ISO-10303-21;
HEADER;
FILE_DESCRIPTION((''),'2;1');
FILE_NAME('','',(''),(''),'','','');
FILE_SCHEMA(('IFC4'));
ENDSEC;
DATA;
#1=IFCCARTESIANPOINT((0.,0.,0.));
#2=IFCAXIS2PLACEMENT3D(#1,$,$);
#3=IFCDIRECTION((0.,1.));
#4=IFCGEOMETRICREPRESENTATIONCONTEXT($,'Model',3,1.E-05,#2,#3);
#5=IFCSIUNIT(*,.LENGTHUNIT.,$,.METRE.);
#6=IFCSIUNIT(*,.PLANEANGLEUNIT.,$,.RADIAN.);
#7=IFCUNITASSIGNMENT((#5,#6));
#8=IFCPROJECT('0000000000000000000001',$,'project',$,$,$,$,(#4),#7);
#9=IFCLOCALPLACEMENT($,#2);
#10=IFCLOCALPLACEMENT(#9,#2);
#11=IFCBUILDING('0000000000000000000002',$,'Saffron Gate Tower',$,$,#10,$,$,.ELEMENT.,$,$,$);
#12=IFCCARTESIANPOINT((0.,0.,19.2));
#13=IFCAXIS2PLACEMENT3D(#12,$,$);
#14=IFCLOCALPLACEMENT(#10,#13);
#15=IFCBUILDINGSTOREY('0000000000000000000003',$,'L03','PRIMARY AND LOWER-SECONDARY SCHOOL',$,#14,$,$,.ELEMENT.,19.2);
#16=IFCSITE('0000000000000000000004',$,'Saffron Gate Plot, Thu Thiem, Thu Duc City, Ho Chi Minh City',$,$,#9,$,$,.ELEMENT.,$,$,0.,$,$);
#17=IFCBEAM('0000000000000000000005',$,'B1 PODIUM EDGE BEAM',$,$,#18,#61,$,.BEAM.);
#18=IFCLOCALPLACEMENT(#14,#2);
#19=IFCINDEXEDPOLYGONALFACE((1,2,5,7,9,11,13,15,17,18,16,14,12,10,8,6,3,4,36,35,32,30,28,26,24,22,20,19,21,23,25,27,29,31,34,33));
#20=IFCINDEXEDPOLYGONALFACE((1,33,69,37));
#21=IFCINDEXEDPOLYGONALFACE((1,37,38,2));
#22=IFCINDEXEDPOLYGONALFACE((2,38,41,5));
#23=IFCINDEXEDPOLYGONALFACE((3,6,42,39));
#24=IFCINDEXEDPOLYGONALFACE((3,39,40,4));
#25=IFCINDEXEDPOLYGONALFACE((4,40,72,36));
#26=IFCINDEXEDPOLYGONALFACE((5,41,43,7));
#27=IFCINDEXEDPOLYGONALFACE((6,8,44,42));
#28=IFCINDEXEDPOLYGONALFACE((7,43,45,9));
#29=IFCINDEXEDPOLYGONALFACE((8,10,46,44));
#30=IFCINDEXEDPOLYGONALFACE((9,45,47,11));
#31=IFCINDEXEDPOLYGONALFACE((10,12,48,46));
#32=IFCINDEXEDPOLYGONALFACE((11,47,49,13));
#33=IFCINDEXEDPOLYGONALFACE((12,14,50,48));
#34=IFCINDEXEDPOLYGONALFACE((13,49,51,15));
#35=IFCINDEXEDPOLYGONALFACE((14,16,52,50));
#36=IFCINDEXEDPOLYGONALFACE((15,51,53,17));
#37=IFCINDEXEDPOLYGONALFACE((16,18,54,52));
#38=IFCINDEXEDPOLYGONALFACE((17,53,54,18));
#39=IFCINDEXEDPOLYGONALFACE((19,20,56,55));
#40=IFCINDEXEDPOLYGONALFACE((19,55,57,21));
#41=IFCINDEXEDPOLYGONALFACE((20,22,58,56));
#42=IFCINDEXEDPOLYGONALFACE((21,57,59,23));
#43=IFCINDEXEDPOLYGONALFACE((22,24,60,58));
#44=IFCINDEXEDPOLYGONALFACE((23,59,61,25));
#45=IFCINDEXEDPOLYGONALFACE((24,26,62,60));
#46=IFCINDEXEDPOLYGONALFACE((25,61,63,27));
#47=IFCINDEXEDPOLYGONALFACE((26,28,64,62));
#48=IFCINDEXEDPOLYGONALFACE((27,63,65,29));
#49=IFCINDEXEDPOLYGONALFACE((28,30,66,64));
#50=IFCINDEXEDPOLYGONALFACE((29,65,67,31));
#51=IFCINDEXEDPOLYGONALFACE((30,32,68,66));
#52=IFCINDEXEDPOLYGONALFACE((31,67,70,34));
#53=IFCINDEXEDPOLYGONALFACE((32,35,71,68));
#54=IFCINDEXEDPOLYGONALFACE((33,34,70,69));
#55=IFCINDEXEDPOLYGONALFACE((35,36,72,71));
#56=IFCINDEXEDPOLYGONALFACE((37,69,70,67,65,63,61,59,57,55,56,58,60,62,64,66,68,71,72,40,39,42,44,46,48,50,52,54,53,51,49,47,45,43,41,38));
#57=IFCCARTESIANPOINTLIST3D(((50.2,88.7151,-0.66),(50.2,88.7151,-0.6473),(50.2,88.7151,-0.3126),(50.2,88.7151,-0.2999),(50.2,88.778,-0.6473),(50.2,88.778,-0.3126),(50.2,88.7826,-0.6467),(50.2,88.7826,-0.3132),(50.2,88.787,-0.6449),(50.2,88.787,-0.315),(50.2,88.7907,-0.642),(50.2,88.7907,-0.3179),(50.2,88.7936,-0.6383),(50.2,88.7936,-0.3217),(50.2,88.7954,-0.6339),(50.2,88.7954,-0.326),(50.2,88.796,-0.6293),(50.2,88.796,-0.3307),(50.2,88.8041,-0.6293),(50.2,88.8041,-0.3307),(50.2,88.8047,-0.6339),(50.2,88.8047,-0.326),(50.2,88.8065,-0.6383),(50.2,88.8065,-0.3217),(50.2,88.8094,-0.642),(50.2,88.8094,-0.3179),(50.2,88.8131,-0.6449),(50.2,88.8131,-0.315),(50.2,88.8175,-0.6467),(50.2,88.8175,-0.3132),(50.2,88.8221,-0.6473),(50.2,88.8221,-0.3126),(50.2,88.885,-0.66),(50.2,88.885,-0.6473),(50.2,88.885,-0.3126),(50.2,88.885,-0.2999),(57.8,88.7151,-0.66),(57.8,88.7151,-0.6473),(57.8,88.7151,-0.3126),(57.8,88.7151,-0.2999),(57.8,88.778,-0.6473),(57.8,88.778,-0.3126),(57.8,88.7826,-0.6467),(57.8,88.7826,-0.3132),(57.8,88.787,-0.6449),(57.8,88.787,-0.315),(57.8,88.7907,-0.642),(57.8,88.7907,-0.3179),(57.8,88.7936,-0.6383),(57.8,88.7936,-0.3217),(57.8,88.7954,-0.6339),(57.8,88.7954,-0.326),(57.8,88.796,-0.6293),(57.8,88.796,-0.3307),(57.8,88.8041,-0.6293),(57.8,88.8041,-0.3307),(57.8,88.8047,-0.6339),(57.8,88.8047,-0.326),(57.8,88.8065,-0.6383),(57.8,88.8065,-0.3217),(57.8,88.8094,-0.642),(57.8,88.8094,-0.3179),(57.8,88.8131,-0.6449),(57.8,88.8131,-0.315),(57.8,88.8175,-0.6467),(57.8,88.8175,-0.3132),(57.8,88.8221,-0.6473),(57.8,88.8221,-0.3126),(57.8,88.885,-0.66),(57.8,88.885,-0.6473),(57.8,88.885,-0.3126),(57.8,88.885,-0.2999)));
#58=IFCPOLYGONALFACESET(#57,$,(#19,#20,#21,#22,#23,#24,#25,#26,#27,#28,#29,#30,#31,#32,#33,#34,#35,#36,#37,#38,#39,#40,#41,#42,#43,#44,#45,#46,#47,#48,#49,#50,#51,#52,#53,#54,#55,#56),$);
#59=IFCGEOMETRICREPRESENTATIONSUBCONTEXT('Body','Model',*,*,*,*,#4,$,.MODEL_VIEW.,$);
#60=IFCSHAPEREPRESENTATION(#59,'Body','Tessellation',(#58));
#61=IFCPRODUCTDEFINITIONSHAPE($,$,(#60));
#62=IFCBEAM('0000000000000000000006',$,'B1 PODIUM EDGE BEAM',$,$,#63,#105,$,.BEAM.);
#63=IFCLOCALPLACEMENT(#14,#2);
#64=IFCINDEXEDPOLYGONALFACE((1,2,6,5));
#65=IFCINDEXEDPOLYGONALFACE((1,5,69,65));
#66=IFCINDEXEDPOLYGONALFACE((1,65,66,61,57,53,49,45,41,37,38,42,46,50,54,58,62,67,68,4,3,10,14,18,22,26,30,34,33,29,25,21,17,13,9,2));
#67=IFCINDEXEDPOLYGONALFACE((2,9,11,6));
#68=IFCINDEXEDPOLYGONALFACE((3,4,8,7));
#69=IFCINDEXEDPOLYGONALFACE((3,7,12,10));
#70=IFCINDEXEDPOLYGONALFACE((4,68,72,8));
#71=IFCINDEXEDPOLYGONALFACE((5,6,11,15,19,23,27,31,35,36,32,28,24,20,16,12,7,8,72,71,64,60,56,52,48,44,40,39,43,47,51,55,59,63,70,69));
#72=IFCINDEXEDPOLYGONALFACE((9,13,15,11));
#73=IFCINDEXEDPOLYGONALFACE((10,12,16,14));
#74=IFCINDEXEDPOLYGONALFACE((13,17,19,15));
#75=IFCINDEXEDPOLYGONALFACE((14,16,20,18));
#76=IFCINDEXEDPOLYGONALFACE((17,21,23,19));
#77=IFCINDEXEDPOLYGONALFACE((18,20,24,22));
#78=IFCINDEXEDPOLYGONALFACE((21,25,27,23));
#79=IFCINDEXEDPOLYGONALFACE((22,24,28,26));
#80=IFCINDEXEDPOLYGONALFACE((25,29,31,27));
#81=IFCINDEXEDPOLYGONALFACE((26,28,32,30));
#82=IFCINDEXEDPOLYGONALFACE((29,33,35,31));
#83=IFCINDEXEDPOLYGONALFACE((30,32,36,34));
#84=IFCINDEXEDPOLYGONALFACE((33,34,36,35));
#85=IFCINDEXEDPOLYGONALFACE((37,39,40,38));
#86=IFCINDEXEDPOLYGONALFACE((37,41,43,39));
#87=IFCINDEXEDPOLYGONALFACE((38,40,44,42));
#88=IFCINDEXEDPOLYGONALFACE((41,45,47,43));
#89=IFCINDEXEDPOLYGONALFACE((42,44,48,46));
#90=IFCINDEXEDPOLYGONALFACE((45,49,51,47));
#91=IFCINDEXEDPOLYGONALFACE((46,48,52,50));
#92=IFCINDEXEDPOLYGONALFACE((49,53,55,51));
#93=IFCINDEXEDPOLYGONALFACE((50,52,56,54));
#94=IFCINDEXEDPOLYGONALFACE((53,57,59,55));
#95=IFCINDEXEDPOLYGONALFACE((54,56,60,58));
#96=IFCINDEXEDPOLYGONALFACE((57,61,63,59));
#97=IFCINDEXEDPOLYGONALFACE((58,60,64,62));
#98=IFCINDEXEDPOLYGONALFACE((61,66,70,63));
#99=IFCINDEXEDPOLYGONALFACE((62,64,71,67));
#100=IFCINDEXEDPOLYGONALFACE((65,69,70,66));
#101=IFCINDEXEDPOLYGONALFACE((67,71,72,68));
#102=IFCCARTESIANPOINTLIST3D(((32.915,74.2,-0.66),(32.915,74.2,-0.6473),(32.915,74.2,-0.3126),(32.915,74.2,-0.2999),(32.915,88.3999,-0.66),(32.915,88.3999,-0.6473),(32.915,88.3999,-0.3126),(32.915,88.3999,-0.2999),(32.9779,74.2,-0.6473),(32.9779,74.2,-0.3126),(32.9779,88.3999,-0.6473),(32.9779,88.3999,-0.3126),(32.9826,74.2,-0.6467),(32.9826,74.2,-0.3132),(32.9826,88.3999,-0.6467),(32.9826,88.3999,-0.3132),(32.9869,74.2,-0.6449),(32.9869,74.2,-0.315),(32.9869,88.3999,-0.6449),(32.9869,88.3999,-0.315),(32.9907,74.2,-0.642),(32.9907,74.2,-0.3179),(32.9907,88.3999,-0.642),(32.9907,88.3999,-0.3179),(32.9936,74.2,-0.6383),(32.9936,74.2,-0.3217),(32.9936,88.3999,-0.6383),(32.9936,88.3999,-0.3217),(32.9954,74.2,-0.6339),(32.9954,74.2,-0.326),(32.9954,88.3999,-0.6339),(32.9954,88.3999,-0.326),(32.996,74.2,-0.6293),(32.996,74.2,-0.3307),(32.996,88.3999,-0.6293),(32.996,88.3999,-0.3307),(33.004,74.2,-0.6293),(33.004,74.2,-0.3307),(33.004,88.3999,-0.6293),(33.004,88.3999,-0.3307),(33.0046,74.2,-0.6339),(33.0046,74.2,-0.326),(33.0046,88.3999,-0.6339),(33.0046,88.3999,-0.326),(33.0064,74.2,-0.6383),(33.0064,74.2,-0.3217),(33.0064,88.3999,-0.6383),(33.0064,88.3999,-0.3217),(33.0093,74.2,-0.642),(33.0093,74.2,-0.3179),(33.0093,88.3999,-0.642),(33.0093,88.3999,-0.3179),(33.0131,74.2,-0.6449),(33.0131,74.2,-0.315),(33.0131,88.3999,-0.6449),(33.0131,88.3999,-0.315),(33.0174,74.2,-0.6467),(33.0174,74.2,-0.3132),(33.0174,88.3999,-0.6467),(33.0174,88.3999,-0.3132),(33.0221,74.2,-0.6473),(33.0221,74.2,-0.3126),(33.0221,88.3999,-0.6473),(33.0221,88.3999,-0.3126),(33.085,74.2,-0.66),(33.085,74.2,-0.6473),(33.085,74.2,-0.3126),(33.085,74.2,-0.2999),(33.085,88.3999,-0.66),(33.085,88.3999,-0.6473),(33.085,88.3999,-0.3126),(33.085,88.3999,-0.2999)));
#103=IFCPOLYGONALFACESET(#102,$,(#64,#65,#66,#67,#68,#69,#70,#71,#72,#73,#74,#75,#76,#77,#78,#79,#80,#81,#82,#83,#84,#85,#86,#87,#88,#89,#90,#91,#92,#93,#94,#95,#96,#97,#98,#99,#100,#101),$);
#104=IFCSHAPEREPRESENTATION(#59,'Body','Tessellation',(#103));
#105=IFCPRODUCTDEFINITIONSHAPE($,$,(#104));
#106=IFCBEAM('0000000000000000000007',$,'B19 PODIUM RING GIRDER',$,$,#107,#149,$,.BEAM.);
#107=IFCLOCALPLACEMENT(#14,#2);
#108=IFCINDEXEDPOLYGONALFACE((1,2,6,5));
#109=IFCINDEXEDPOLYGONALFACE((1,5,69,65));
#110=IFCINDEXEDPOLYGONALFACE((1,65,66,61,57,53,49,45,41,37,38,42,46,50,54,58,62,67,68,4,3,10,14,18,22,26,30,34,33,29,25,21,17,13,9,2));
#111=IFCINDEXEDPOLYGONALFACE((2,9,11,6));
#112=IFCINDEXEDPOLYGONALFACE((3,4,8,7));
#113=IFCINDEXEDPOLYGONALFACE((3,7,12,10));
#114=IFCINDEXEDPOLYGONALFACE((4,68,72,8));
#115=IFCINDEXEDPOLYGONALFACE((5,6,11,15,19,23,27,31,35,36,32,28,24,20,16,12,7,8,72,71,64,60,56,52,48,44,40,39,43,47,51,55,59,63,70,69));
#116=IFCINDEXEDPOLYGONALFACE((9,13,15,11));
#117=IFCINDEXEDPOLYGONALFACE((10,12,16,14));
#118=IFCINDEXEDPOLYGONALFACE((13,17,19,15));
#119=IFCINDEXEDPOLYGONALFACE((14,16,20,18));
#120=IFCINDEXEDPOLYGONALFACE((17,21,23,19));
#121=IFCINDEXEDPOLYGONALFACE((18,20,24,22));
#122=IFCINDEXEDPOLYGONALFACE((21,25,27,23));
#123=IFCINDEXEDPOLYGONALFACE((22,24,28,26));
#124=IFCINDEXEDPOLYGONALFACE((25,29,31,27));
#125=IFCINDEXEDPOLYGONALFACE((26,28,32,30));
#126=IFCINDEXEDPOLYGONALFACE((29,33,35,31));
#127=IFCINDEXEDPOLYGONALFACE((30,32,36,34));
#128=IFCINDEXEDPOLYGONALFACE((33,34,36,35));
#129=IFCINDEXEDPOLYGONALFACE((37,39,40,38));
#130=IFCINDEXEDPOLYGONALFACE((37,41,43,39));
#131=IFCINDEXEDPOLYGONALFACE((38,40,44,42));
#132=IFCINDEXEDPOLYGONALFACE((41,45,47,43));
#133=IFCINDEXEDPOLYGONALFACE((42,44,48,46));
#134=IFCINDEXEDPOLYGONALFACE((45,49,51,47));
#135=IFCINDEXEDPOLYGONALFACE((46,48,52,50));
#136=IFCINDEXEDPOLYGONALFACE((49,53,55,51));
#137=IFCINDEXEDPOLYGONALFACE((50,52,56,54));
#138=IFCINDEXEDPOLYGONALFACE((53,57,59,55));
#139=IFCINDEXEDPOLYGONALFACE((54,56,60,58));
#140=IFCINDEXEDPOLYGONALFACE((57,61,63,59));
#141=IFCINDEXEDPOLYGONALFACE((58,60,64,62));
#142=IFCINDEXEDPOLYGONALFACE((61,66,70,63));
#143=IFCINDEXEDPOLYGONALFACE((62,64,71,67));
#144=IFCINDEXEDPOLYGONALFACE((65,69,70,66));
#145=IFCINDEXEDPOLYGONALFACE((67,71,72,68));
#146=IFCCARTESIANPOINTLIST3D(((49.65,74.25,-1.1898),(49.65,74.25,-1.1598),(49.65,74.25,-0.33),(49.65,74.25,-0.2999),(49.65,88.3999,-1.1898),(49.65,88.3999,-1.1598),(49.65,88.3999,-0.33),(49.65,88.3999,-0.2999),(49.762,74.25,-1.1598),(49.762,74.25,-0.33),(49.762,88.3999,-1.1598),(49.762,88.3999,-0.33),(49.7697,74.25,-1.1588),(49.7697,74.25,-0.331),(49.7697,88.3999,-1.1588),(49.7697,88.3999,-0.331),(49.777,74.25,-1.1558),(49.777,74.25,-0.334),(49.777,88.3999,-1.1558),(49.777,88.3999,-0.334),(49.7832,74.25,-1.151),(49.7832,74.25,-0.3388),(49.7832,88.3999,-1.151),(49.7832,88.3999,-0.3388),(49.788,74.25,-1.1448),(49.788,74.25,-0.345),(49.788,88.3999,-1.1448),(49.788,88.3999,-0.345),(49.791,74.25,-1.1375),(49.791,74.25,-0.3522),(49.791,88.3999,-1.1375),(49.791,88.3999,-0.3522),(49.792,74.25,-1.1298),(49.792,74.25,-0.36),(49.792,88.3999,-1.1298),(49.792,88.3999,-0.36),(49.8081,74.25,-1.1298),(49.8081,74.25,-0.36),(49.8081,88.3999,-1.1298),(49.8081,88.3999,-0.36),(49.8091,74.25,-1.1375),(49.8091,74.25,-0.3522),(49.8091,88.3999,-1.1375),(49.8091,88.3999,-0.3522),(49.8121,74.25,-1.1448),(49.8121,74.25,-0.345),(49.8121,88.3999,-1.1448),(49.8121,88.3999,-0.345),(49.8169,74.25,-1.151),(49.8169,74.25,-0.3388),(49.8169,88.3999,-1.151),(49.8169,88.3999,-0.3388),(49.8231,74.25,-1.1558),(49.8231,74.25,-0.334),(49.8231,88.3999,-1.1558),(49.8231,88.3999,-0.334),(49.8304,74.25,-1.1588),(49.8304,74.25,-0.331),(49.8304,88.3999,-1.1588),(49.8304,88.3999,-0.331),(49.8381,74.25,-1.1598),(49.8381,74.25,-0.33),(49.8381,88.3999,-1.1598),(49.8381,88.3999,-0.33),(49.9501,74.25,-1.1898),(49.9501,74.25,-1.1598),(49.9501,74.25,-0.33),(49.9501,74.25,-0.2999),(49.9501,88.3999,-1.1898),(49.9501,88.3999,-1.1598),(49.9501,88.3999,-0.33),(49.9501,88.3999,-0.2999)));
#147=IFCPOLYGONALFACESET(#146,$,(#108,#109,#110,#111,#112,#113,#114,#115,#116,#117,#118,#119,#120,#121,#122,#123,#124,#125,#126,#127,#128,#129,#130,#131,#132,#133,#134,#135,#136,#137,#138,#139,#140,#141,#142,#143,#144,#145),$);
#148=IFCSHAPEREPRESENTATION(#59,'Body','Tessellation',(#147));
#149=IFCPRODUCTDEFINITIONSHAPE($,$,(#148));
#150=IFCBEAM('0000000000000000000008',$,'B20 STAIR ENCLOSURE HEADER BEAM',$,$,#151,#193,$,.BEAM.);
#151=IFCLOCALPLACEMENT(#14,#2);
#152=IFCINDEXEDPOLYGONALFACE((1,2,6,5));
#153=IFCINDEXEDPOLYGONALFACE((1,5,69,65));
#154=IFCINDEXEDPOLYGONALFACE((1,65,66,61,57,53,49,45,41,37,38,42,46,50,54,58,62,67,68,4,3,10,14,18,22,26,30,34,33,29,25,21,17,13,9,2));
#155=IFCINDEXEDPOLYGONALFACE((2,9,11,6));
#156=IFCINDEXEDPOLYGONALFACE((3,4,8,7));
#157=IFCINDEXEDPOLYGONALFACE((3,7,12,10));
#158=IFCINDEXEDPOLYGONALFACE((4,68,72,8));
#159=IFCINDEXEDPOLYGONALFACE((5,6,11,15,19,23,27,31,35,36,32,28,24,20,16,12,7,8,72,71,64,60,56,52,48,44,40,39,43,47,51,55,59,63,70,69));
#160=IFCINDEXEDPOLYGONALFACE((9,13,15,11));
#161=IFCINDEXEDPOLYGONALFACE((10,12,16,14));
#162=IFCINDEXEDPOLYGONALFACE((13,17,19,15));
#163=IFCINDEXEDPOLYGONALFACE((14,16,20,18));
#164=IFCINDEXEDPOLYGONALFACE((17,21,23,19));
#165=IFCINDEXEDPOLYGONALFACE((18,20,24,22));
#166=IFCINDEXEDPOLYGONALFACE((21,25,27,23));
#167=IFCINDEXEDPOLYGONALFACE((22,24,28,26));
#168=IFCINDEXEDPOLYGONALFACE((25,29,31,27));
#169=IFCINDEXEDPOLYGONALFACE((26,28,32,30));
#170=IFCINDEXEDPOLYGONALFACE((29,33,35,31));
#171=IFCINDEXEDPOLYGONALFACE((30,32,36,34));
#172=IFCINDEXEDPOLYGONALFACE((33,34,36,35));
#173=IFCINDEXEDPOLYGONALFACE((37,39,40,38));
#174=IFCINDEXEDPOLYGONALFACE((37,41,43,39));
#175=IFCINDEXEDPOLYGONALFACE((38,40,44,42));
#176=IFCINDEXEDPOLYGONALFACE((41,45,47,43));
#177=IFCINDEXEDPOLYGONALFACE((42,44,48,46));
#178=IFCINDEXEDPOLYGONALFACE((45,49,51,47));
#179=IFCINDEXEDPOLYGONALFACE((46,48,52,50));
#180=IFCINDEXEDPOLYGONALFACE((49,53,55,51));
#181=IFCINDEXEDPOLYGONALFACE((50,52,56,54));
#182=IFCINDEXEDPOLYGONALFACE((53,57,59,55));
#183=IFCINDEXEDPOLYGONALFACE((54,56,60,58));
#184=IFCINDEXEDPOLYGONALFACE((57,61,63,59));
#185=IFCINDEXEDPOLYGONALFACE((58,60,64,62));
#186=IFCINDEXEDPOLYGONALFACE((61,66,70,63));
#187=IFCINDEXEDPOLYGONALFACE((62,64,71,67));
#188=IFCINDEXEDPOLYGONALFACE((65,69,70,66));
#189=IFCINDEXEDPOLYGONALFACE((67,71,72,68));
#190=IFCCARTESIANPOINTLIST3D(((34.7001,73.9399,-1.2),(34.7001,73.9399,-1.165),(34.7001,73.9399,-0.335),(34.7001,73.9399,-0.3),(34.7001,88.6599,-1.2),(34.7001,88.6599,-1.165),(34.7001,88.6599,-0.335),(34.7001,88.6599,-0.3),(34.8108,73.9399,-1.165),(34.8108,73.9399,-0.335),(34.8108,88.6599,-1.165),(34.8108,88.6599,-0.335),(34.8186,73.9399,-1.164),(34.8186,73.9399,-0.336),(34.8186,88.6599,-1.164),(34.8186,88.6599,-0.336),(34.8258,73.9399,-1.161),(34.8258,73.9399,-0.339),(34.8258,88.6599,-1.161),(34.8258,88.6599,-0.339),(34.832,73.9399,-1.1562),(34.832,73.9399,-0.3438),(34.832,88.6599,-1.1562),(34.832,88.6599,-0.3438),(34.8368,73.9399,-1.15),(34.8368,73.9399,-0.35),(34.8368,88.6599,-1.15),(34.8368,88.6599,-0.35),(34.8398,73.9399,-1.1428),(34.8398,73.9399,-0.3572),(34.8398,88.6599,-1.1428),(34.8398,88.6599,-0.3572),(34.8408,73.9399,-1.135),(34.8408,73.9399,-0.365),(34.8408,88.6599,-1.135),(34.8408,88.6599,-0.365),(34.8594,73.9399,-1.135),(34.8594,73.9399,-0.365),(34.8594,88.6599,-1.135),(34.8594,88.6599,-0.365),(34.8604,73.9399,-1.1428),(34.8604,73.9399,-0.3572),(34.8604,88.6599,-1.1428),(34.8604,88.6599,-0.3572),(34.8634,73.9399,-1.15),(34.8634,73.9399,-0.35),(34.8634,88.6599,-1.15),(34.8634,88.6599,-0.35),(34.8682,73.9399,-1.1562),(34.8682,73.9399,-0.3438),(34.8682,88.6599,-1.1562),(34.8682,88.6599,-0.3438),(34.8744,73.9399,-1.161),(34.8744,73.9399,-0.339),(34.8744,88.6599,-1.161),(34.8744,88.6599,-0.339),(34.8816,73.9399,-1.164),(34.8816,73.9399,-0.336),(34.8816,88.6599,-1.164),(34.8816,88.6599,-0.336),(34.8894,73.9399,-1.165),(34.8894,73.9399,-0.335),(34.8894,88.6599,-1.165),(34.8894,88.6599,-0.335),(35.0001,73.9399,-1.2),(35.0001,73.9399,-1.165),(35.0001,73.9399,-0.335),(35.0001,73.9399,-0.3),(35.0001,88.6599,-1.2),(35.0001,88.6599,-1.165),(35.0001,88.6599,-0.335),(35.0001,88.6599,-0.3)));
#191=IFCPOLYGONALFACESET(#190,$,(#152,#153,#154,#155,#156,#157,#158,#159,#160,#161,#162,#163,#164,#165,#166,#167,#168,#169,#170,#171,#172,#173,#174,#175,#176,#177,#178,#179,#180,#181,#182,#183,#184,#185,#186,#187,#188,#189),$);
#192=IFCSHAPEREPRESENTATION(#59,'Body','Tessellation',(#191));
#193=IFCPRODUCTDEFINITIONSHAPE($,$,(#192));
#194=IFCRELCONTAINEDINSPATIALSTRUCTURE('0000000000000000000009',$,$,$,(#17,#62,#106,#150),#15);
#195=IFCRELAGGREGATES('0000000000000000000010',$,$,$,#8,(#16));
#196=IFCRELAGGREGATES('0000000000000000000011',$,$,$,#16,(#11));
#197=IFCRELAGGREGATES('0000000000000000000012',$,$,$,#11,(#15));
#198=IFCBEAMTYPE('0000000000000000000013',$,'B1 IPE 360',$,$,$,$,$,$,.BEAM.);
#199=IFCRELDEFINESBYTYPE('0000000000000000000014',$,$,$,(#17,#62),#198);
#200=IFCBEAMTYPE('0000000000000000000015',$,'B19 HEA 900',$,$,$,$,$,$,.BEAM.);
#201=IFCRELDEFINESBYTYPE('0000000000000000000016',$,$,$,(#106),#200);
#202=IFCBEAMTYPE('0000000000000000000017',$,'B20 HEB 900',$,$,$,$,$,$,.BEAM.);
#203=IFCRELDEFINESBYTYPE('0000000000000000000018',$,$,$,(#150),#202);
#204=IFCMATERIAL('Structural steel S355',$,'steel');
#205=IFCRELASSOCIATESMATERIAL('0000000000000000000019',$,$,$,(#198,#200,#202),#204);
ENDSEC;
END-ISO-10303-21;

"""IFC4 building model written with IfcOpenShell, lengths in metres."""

from ifc_helpers import new_model, si_unit, direction, frame, origin, origin_2d, place, context, subcontext, project, spatial, i_section, extrude, material, material_profile, profile_set, type_object, element, save


model = new_model("IFC4")

# Units and contexts
model_context = context("Model", 3, precision=1e-05, world=origin(), true_north=direction((0.0, 1.0)))
body_context = subcontext(model_context, "Body", "Model", "MODEL_VIEW")
ifc_project = project(units=[si_unit("LENGTHUNIT", "METRE"), si_unit("PLANEANGLEUNIT", "RADIAN")], contexts=[model_context])

# Site, building, storey
site_placement = place(None, origin())
site = spatial("IfcSite", under=ifc_project, at=site_placement, Name="Saffron Gate Plot, Thu Thiem, Thu Duc City, Ho Chi Minh City", CompositionType="ELEMENT", RefElevation=0.0)
building_placement = place(site_placement, origin())
building = spatial("IfcBuilding", under=site, at=building_placement, Name="Saffron Gate Tower", CompositionType="ELEMENT")
storey_placement = place(building_placement, frame((0.0, 0.0, 19.2)))
storey = spatial("IfcBuildingStorey", under=building, at=storey_placement, Name="L03", Description="PRIMARY AND LOWER-SECONDARY SCHOOL", CompositionType="ELEMENT", Elevation=19.2)

# Beams
ifc_material_1 = material(Name="Structural steel S355", Category="steel")
ifc_material_profile_1 = material_profile(ifc_material_1, i_section(OverallWidth=0.1699, OverallDepth=0.3601, WebThickness=0.0081, FlangeThickness=0.0127, FilletRadius=0.0181, at=origin_2d()))
ifc_profile_set_1 = profile_set([ifc_material_profile_1], Name="Structural steel S355")
beam_type_1 = type_object("IfcBeamType", Name="B1 IPE 360", PredefinedType="BEAM", material=ifc_profile_set_1)
beam_1_placement = place(storey_placement, frame((50.2, 88.8, -0.48), z_axis=(1.0, 0.0, 0.0), x_axis=(0.0, 1.0, 0.0)))
element("IfcBeam", 1, at=beam_1_placement, inside=storey, type_object=beam_type_1, Name="B1 PODIUM EDGE BEAM", PredefinedType="BEAM", context=body_context, shape_type="SweptSolid", body=[
    extrude(i_section(OverallWidth=0.1699, OverallDepth=0.3601, WebThickness=0.0081, FlangeThickness=0.0127, FilletRadius=0.0181, at=origin_2d()), origin(), (0.0, 0.0, 1.0), 7.6001),
])
beam_2_placement = place(storey_placement, frame((33.0, 74.2, -0.48), z_axis=(0.0, 1.0, 0.0), x_axis=(-1.0, 0.0, 0.0)))
element("IfcBeam", 2, at=beam_2_placement, inside=storey, type_object=beam_type_1, Name="B1 PODIUM EDGE BEAM", PredefinedType="BEAM", context=body_context, shape_type="SweptSolid", body=[
    extrude(i_section(OverallWidth=0.1699, OverallDepth=0.3601, WebThickness=0.0081, FlangeThickness=0.0127, FilletRadius=0.0181, at=origin_2d()), origin(), (0.0, 0.0, 1.0), 14.2),
])
ifc_material_profile_2 = material_profile(ifc_material_1, i_section(OverallWidth=0.3, OverallDepth=0.8899, WebThickness=0.0161, FlangeThickness=0.03, FilletRadius=0.03, at=origin_2d()))
ifc_profile_set_2 = profile_set([ifc_material_profile_2], Name="Structural steel S355")
beam_type_2 = type_object("IfcBeamType", Name="B19 HEA 900", PredefinedType="BEAM", material=ifc_profile_set_2)
beam_3_placement = place(storey_placement, frame((49.8, 88.3999, -0.7449), z_axis=(0.0, -1.0, 0.0), x_axis=(1.0, 0.0, 0.0)))
element("IfcBeam", 3, at=beam_3_placement, inside=storey, type_object=beam_type_2, Name="B19 PODIUM RING GIRDER", PredefinedType="BEAM", context=body_context, shape_type="SweptSolid", body=[
    extrude(i_section(OverallWidth=0.3, OverallDepth=0.8899, WebThickness=0.0161, FlangeThickness=0.03, FilletRadius=0.03, at=origin_2d()), origin(), (0.0, 0.0, 1.0), 14.1499),
])
ifc_material_profile_3 = material_profile(ifc_material_1, i_section(OverallWidth=0.3, OverallDepth=0.8999, WebThickness=0.0186, FlangeThickness=0.0349, FilletRadius=0.03, at=origin_2d()))
ifc_profile_set_3 = profile_set([ifc_material_profile_3], Name="Structural steel S355")
beam_type_3 = type_object("IfcBeamType", Name="B20 HEB 900", PredefinedType="BEAM", material=ifc_profile_set_3)
for number, where, z_axis, x_axis, name in (
    (4, (34.8501, 73.9399, -0.75), (0.0, 1.0, 0.0), (-1.0, 0.0, 0.0), "B20 STAIR ENCLOSURE HEADER BEAM"),
):
    element("IfcBeam", number, at=place(storey_placement, frame(where, z_axis=z_axis, x_axis=x_axis)), inside=storey, type_object=beam_type_3, Name=name, PredefinedType="BEAM", context=body_context, shape_type="SweptSolid", body=[
        extrude(i_section(OverallWidth=0.3, OverallDepth=0.8999, WebThickness=0.0186, FlangeThickness=0.0349, FilletRadius=0.03, at=origin_2d()), origin(), (0.0, 0.0, 1.0), 14.72),
    ])

save(model, "model.ifc")
